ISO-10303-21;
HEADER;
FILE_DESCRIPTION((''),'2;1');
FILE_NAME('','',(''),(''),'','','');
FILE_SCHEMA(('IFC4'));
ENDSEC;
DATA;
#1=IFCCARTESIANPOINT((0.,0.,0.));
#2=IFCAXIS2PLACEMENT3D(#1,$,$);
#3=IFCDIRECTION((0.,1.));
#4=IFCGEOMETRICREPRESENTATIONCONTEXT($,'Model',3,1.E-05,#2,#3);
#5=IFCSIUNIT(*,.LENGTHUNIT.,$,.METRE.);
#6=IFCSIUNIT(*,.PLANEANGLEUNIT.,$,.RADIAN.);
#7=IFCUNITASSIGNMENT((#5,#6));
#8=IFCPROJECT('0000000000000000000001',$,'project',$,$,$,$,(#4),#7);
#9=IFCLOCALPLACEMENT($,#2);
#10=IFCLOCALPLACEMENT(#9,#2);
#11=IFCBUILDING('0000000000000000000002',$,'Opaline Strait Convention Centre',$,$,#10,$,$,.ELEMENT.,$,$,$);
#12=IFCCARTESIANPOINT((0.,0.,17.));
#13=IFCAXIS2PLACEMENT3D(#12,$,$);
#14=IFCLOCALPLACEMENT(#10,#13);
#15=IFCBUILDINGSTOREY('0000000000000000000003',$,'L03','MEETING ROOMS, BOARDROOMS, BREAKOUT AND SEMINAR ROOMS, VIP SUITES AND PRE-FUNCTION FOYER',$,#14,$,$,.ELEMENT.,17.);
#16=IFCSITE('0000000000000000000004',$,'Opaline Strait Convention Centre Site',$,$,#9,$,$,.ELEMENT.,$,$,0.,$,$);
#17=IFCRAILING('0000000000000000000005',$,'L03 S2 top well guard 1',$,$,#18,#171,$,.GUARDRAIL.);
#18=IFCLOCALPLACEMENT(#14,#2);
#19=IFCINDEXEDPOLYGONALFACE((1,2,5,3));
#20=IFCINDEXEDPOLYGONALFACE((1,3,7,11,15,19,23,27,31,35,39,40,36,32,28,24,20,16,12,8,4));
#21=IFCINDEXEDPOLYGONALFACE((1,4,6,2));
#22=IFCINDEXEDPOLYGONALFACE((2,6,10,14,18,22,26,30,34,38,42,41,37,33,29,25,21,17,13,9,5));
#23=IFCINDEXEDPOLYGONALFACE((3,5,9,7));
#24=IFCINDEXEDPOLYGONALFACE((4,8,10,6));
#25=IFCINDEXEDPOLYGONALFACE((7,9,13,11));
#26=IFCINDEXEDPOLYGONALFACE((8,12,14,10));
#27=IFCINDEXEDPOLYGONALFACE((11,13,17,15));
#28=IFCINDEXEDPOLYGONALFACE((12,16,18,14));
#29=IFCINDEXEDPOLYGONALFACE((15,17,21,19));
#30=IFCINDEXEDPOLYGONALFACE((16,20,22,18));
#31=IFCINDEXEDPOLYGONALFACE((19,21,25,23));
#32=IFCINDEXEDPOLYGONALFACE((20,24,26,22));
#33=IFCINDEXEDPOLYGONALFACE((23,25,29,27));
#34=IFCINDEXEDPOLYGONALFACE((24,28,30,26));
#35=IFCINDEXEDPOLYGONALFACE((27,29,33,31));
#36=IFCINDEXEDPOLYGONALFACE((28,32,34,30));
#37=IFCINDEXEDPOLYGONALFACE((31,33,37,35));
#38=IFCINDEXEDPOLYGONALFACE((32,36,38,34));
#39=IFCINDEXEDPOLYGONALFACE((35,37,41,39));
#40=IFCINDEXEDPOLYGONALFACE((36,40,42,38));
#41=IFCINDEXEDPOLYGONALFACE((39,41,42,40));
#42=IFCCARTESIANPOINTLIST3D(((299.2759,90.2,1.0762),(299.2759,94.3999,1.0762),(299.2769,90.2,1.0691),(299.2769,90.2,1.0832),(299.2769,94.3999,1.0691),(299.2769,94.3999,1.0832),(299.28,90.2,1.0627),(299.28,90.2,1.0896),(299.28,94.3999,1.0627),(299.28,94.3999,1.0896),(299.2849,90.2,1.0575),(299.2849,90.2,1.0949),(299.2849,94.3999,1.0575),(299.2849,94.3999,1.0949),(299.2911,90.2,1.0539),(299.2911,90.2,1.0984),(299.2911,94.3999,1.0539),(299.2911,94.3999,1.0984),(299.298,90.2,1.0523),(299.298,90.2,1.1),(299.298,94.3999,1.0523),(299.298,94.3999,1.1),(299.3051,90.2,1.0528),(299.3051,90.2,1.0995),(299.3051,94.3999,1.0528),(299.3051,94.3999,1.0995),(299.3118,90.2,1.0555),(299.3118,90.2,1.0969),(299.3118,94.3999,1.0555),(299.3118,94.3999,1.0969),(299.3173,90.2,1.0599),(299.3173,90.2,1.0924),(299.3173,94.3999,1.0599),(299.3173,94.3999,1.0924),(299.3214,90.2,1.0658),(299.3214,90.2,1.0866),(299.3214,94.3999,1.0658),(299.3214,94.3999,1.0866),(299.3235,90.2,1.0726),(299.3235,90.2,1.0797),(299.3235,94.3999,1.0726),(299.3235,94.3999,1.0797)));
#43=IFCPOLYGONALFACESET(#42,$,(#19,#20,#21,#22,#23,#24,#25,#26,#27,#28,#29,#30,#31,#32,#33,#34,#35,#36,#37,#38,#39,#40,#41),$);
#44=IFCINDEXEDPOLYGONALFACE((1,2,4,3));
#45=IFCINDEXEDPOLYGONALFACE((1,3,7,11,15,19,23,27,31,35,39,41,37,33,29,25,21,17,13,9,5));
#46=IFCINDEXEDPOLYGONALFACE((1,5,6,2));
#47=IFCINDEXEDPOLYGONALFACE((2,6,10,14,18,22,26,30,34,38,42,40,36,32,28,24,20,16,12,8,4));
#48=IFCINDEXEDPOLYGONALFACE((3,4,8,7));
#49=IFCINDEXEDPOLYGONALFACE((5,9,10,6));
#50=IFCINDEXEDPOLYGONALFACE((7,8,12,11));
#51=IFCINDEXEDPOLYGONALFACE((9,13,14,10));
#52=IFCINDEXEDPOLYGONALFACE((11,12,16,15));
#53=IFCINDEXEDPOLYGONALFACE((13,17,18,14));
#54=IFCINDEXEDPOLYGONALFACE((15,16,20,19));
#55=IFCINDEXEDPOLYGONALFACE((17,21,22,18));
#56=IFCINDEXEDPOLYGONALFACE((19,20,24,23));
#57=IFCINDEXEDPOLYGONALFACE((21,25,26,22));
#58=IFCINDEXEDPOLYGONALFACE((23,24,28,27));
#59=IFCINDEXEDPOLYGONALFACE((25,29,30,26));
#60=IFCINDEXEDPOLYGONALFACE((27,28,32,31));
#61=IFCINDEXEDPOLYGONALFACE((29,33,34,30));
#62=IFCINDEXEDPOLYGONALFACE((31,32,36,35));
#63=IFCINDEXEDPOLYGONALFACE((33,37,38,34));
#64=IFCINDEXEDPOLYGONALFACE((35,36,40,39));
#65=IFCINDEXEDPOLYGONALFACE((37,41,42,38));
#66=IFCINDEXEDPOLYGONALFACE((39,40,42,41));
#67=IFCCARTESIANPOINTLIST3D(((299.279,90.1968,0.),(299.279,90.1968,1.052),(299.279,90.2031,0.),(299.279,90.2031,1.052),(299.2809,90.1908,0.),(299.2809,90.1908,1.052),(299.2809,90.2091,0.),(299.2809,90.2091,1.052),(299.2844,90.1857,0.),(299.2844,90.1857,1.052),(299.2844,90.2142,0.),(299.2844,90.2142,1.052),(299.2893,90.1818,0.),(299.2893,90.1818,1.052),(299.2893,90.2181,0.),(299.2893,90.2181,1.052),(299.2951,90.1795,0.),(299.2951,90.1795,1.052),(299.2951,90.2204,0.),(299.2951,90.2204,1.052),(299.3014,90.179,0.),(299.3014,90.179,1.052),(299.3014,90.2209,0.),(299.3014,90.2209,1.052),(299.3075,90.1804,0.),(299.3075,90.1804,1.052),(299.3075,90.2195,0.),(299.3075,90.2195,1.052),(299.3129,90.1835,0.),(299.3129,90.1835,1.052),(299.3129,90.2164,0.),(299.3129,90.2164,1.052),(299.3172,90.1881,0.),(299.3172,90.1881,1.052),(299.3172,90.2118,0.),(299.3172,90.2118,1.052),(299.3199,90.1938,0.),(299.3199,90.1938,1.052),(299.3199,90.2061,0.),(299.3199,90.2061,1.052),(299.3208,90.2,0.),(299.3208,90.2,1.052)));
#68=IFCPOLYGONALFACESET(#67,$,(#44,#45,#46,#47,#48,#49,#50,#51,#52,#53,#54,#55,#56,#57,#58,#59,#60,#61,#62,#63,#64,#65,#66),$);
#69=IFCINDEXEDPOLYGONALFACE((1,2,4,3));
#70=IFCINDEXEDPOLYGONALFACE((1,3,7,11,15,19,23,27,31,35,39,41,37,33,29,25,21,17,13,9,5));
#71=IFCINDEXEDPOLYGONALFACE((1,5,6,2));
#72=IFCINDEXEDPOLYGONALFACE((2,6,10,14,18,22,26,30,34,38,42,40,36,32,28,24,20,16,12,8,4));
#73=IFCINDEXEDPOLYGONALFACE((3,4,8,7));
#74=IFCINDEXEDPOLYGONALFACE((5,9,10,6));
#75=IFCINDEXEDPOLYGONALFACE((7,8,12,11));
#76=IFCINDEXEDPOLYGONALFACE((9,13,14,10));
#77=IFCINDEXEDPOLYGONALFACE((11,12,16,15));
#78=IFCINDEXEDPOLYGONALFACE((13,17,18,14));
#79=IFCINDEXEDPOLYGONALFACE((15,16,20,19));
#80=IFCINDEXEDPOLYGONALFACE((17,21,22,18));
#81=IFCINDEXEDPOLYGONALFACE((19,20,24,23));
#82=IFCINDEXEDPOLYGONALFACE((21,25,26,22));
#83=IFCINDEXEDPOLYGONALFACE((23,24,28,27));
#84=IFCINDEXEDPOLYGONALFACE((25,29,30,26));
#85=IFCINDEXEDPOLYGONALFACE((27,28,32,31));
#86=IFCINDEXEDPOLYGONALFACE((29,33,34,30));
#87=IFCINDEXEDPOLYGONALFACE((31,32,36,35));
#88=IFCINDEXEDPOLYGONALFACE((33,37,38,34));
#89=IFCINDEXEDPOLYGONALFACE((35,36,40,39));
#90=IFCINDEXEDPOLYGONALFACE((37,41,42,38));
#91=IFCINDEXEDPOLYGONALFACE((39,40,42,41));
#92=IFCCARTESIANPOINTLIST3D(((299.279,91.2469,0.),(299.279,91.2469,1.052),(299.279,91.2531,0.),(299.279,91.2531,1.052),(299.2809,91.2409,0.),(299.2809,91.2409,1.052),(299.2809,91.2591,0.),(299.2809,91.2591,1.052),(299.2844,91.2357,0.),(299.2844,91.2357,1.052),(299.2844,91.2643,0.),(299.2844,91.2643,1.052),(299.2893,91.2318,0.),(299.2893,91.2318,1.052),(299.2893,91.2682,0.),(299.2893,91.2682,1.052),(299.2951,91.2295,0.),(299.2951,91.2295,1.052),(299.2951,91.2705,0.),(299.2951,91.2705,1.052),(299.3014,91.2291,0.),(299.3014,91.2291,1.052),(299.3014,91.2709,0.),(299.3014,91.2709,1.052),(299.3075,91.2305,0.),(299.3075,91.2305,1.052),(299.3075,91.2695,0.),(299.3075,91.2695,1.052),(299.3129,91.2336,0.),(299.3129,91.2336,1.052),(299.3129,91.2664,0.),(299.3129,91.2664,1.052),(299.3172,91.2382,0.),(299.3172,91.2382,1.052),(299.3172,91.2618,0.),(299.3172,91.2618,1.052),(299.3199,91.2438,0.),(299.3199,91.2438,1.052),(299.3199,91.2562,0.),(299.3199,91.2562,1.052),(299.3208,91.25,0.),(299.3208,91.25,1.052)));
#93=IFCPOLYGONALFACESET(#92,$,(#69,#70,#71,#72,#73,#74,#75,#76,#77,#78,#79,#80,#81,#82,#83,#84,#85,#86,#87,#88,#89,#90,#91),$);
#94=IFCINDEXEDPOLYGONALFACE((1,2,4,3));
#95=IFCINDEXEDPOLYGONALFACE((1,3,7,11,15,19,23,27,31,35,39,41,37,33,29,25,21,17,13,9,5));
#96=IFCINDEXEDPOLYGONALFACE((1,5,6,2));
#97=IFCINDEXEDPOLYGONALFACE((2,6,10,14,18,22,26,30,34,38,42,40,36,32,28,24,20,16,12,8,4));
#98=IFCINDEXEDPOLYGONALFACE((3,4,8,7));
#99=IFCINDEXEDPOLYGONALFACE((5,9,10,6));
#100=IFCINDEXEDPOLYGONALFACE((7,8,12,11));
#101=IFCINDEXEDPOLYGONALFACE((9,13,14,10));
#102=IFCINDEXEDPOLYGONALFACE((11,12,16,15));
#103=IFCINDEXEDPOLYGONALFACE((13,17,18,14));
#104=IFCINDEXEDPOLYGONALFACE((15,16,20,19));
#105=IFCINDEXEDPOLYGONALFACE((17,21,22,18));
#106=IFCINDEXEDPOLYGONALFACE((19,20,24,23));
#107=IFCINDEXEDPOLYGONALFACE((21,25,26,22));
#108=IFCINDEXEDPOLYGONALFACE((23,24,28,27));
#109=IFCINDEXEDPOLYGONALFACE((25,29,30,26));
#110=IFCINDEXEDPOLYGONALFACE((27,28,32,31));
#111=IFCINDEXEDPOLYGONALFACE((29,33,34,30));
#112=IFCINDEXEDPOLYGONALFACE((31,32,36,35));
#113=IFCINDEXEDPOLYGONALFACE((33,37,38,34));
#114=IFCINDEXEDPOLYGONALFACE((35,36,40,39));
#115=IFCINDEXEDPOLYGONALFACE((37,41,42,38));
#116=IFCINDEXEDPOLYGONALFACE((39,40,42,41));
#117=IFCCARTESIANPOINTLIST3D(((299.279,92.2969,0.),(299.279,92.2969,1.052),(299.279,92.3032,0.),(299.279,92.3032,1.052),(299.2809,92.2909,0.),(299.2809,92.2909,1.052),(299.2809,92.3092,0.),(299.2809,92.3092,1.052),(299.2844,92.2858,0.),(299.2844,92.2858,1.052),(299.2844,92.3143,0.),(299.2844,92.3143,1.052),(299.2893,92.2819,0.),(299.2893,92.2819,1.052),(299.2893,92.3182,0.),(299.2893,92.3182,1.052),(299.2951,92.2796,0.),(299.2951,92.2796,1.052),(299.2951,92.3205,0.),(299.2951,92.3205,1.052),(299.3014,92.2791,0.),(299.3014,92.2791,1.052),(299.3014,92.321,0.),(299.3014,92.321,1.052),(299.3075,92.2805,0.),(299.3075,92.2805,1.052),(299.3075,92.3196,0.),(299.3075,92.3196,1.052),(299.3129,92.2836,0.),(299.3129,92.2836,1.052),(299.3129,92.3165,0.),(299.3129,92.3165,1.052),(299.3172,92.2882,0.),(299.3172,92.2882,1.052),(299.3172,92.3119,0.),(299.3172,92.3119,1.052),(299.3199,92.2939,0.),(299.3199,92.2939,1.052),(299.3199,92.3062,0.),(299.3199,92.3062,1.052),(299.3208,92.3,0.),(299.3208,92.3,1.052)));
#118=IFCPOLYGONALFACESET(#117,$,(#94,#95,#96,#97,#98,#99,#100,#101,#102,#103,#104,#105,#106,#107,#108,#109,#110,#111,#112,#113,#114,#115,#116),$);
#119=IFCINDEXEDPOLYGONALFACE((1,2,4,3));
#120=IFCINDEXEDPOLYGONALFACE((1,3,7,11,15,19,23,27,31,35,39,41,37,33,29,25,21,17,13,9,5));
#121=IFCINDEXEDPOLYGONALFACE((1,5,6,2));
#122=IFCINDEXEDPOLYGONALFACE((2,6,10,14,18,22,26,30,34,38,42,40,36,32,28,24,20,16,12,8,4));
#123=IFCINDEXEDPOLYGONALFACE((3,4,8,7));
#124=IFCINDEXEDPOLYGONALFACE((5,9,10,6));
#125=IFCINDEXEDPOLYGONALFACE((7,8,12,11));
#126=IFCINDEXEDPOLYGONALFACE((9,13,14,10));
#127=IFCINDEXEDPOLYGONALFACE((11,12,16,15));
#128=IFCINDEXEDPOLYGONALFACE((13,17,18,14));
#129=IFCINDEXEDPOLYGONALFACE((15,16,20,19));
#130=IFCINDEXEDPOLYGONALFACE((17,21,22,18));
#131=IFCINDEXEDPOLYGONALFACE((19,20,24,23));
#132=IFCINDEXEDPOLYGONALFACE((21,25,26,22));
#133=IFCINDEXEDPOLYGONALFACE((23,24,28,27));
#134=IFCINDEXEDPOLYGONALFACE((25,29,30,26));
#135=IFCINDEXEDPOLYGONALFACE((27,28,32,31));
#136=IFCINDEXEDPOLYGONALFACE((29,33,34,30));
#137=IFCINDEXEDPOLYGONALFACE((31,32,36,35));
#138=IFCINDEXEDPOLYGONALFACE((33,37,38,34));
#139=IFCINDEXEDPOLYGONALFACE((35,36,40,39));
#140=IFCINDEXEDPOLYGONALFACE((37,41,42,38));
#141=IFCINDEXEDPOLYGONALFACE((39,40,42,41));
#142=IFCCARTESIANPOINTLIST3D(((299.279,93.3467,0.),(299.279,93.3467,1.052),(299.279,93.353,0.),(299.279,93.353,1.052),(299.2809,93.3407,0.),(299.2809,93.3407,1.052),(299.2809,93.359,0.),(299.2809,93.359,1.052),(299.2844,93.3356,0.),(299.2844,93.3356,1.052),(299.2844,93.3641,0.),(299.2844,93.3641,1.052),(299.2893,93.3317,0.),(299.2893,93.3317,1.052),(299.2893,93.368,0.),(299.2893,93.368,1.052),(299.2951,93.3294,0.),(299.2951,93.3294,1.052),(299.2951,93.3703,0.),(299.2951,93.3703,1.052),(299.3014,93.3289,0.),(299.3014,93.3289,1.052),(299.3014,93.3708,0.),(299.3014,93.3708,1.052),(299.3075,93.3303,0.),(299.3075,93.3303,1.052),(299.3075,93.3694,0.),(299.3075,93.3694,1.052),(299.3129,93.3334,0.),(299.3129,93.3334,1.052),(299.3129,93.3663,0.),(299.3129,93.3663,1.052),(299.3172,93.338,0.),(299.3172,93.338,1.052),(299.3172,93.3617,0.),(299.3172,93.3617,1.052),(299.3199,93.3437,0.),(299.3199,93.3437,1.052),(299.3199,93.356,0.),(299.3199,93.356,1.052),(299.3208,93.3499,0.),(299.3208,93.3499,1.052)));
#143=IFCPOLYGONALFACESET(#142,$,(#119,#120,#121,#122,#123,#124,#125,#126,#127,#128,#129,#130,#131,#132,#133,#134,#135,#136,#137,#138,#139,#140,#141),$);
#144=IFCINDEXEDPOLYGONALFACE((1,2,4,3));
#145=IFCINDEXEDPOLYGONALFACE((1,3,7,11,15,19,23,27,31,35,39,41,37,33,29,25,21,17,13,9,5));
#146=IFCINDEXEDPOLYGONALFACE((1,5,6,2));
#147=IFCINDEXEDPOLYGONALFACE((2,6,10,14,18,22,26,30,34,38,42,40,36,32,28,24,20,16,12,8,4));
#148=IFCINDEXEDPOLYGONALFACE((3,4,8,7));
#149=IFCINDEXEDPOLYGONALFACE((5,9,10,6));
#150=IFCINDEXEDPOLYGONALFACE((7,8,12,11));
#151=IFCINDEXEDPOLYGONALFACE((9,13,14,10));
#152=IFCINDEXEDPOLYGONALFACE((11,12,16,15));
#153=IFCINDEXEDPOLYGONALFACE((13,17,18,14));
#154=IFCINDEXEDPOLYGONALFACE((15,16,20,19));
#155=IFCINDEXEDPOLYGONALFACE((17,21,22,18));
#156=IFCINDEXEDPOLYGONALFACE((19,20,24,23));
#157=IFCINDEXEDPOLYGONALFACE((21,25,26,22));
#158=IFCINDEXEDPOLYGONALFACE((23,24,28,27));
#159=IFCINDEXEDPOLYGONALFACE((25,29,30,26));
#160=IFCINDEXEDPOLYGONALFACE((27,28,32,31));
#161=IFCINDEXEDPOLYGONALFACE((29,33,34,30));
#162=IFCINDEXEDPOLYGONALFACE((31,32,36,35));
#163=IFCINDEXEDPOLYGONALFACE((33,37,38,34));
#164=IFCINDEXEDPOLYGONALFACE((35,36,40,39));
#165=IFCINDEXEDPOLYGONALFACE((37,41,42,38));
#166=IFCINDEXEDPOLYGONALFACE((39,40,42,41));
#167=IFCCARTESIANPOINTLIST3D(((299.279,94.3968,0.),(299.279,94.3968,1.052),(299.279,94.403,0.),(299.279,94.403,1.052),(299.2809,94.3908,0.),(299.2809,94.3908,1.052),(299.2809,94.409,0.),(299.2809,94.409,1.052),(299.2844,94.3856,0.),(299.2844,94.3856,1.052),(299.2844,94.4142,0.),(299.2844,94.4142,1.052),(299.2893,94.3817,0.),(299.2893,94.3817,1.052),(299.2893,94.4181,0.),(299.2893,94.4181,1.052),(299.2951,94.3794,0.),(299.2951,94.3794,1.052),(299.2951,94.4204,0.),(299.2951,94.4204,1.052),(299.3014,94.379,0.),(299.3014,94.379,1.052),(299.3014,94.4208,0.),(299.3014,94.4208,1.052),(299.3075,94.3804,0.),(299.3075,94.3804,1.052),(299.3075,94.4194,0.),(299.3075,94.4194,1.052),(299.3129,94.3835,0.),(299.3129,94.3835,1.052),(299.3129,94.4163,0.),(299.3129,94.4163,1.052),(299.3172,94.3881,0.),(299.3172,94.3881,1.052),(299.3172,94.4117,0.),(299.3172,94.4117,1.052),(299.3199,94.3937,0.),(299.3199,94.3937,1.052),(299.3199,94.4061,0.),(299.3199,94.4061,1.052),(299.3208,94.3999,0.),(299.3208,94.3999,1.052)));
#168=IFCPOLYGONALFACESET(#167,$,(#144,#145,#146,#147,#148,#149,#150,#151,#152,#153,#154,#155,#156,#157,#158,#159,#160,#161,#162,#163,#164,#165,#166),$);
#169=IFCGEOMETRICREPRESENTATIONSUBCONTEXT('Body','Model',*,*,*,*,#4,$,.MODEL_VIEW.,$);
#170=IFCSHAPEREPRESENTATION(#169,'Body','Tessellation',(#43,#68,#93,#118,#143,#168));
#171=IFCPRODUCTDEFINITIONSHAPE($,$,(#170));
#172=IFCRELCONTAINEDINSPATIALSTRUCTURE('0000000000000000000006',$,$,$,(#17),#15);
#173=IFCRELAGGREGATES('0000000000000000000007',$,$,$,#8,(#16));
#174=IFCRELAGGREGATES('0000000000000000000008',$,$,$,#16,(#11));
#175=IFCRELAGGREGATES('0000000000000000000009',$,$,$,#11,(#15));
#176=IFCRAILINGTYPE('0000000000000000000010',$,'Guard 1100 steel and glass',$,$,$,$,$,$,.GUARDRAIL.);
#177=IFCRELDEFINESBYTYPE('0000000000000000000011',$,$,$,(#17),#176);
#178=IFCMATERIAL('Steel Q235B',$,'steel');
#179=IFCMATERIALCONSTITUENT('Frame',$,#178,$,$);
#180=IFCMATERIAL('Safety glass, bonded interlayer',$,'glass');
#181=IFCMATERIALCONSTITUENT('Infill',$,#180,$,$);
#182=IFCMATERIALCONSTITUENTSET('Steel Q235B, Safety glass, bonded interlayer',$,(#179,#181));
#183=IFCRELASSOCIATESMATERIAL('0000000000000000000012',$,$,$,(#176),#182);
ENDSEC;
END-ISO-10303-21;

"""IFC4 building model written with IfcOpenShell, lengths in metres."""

from ifc_helpers import new_model, si_unit, direction, frame, origin, origin_2d, place, context, subcontext, project, spatial, circle, extrude, material, constituent, constituent_set, type_object, element, save


model = new_model("IFC4")

# Units and contexts
model_context = context("Model", 3, precision=1e-05, world=origin(), true_north=direction((0.0, 1.0)))
body_context = subcontext(model_context, "Body", "Model", "MODEL_VIEW")
ifc_project = project(units=[si_unit("LENGTHUNIT", "METRE"), si_unit("PLANEANGLEUNIT", "RADIAN")], contexts=[model_context])

# Site, building, storey
site_placement = place(None, origin())
site = spatial("IfcSite", under=ifc_project, at=site_placement, Name="Opaline Strait Convention Centre Site", CompositionType="ELEMENT", RefElevation=0.0)
building_placement = place(site_placement, origin())
building = spatial("IfcBuilding", under=site, at=building_placement, Name="Opaline Strait Convention Centre", CompositionType="ELEMENT")
storey_placement = place(building_placement, frame((0.0, 0.0, 17.0)))
storey = spatial("IfcBuildingStorey", under=building, at=storey_placement, Name="L03", Description="MEETING ROOMS, BOARDROOMS, BREAKOUT AND SEMINAR ROOMS, VIP SUITES AND PRE-FUNCTION FOYER", CompositionType="ELEMENT", Elevation=17.0)

# Railing
ifc_material_1 = material(Name="Steel Q235B", Category="steel")
ifc_constituent_1 = constituent(ifc_material_1, Name="Frame")
ifc_material_2 = material(Name="Safety glass, bonded interlayer", Category="glass")
ifc_constituent_2 = constituent(ifc_material_2, Name="Infill")
ifc_constituent_set = constituent_set(constituents=[ifc_constituent_1, ifc_constituent_2], Name="Steel Q235B, Safety glass, bonded interlayer")
railing_type = type_object("IfcRailingType", Name="Guard 1100 steel and glass", PredefinedType="GUARDRAIL", material=ifc_constituent_set)
railing_placement = place(storey_placement, frame((299.2998, 90.2, 0.0)))
element("IfcRailing", 1, at=railing_placement, inside=storey, type_object=railing_type, Name="L03 S2 top well guard 1", PredefinedType="GUARDRAIL", context=body_context, shape_type="SweptSolid", body=[
    extrude(circle(Radius=0.0239, at=origin_2d()), frame((0.0, 0.0, 1.0762), z_axis=(0.0, 1.0, 0.0), x_axis=(-1.0, 0.0, 0.0)), (0.0, 0.0, 1.0), 4.2),
    extrude(circle(Radius=0.021, at=origin_2d()), origin(), (0.0, 0.0, 1.0), 1.052),
    extrude(circle(Radius=0.021, at=origin_2d()), frame((0.0, 1.05, 0.0)), (0.0, 0.0, 1.0), 1.052),
    extrude(circle(Radius=0.021, at=origin_2d()), frame((0.0, 2.1001, 0.0)), (0.0, 0.0, 1.0), 1.052),
    extrude(circle(Radius=0.021, at=origin_2d()), frame((0.0, 3.1499, 0.0)), (0.0, 0.0, 1.0), 1.052),
    extrude(circle(Radius=0.021, at=origin_2d()), frame((0.0, 4.2, 0.0)), (0.0, 0.0, 1.0), 1.052),
])

save(model, "model.ifc")
